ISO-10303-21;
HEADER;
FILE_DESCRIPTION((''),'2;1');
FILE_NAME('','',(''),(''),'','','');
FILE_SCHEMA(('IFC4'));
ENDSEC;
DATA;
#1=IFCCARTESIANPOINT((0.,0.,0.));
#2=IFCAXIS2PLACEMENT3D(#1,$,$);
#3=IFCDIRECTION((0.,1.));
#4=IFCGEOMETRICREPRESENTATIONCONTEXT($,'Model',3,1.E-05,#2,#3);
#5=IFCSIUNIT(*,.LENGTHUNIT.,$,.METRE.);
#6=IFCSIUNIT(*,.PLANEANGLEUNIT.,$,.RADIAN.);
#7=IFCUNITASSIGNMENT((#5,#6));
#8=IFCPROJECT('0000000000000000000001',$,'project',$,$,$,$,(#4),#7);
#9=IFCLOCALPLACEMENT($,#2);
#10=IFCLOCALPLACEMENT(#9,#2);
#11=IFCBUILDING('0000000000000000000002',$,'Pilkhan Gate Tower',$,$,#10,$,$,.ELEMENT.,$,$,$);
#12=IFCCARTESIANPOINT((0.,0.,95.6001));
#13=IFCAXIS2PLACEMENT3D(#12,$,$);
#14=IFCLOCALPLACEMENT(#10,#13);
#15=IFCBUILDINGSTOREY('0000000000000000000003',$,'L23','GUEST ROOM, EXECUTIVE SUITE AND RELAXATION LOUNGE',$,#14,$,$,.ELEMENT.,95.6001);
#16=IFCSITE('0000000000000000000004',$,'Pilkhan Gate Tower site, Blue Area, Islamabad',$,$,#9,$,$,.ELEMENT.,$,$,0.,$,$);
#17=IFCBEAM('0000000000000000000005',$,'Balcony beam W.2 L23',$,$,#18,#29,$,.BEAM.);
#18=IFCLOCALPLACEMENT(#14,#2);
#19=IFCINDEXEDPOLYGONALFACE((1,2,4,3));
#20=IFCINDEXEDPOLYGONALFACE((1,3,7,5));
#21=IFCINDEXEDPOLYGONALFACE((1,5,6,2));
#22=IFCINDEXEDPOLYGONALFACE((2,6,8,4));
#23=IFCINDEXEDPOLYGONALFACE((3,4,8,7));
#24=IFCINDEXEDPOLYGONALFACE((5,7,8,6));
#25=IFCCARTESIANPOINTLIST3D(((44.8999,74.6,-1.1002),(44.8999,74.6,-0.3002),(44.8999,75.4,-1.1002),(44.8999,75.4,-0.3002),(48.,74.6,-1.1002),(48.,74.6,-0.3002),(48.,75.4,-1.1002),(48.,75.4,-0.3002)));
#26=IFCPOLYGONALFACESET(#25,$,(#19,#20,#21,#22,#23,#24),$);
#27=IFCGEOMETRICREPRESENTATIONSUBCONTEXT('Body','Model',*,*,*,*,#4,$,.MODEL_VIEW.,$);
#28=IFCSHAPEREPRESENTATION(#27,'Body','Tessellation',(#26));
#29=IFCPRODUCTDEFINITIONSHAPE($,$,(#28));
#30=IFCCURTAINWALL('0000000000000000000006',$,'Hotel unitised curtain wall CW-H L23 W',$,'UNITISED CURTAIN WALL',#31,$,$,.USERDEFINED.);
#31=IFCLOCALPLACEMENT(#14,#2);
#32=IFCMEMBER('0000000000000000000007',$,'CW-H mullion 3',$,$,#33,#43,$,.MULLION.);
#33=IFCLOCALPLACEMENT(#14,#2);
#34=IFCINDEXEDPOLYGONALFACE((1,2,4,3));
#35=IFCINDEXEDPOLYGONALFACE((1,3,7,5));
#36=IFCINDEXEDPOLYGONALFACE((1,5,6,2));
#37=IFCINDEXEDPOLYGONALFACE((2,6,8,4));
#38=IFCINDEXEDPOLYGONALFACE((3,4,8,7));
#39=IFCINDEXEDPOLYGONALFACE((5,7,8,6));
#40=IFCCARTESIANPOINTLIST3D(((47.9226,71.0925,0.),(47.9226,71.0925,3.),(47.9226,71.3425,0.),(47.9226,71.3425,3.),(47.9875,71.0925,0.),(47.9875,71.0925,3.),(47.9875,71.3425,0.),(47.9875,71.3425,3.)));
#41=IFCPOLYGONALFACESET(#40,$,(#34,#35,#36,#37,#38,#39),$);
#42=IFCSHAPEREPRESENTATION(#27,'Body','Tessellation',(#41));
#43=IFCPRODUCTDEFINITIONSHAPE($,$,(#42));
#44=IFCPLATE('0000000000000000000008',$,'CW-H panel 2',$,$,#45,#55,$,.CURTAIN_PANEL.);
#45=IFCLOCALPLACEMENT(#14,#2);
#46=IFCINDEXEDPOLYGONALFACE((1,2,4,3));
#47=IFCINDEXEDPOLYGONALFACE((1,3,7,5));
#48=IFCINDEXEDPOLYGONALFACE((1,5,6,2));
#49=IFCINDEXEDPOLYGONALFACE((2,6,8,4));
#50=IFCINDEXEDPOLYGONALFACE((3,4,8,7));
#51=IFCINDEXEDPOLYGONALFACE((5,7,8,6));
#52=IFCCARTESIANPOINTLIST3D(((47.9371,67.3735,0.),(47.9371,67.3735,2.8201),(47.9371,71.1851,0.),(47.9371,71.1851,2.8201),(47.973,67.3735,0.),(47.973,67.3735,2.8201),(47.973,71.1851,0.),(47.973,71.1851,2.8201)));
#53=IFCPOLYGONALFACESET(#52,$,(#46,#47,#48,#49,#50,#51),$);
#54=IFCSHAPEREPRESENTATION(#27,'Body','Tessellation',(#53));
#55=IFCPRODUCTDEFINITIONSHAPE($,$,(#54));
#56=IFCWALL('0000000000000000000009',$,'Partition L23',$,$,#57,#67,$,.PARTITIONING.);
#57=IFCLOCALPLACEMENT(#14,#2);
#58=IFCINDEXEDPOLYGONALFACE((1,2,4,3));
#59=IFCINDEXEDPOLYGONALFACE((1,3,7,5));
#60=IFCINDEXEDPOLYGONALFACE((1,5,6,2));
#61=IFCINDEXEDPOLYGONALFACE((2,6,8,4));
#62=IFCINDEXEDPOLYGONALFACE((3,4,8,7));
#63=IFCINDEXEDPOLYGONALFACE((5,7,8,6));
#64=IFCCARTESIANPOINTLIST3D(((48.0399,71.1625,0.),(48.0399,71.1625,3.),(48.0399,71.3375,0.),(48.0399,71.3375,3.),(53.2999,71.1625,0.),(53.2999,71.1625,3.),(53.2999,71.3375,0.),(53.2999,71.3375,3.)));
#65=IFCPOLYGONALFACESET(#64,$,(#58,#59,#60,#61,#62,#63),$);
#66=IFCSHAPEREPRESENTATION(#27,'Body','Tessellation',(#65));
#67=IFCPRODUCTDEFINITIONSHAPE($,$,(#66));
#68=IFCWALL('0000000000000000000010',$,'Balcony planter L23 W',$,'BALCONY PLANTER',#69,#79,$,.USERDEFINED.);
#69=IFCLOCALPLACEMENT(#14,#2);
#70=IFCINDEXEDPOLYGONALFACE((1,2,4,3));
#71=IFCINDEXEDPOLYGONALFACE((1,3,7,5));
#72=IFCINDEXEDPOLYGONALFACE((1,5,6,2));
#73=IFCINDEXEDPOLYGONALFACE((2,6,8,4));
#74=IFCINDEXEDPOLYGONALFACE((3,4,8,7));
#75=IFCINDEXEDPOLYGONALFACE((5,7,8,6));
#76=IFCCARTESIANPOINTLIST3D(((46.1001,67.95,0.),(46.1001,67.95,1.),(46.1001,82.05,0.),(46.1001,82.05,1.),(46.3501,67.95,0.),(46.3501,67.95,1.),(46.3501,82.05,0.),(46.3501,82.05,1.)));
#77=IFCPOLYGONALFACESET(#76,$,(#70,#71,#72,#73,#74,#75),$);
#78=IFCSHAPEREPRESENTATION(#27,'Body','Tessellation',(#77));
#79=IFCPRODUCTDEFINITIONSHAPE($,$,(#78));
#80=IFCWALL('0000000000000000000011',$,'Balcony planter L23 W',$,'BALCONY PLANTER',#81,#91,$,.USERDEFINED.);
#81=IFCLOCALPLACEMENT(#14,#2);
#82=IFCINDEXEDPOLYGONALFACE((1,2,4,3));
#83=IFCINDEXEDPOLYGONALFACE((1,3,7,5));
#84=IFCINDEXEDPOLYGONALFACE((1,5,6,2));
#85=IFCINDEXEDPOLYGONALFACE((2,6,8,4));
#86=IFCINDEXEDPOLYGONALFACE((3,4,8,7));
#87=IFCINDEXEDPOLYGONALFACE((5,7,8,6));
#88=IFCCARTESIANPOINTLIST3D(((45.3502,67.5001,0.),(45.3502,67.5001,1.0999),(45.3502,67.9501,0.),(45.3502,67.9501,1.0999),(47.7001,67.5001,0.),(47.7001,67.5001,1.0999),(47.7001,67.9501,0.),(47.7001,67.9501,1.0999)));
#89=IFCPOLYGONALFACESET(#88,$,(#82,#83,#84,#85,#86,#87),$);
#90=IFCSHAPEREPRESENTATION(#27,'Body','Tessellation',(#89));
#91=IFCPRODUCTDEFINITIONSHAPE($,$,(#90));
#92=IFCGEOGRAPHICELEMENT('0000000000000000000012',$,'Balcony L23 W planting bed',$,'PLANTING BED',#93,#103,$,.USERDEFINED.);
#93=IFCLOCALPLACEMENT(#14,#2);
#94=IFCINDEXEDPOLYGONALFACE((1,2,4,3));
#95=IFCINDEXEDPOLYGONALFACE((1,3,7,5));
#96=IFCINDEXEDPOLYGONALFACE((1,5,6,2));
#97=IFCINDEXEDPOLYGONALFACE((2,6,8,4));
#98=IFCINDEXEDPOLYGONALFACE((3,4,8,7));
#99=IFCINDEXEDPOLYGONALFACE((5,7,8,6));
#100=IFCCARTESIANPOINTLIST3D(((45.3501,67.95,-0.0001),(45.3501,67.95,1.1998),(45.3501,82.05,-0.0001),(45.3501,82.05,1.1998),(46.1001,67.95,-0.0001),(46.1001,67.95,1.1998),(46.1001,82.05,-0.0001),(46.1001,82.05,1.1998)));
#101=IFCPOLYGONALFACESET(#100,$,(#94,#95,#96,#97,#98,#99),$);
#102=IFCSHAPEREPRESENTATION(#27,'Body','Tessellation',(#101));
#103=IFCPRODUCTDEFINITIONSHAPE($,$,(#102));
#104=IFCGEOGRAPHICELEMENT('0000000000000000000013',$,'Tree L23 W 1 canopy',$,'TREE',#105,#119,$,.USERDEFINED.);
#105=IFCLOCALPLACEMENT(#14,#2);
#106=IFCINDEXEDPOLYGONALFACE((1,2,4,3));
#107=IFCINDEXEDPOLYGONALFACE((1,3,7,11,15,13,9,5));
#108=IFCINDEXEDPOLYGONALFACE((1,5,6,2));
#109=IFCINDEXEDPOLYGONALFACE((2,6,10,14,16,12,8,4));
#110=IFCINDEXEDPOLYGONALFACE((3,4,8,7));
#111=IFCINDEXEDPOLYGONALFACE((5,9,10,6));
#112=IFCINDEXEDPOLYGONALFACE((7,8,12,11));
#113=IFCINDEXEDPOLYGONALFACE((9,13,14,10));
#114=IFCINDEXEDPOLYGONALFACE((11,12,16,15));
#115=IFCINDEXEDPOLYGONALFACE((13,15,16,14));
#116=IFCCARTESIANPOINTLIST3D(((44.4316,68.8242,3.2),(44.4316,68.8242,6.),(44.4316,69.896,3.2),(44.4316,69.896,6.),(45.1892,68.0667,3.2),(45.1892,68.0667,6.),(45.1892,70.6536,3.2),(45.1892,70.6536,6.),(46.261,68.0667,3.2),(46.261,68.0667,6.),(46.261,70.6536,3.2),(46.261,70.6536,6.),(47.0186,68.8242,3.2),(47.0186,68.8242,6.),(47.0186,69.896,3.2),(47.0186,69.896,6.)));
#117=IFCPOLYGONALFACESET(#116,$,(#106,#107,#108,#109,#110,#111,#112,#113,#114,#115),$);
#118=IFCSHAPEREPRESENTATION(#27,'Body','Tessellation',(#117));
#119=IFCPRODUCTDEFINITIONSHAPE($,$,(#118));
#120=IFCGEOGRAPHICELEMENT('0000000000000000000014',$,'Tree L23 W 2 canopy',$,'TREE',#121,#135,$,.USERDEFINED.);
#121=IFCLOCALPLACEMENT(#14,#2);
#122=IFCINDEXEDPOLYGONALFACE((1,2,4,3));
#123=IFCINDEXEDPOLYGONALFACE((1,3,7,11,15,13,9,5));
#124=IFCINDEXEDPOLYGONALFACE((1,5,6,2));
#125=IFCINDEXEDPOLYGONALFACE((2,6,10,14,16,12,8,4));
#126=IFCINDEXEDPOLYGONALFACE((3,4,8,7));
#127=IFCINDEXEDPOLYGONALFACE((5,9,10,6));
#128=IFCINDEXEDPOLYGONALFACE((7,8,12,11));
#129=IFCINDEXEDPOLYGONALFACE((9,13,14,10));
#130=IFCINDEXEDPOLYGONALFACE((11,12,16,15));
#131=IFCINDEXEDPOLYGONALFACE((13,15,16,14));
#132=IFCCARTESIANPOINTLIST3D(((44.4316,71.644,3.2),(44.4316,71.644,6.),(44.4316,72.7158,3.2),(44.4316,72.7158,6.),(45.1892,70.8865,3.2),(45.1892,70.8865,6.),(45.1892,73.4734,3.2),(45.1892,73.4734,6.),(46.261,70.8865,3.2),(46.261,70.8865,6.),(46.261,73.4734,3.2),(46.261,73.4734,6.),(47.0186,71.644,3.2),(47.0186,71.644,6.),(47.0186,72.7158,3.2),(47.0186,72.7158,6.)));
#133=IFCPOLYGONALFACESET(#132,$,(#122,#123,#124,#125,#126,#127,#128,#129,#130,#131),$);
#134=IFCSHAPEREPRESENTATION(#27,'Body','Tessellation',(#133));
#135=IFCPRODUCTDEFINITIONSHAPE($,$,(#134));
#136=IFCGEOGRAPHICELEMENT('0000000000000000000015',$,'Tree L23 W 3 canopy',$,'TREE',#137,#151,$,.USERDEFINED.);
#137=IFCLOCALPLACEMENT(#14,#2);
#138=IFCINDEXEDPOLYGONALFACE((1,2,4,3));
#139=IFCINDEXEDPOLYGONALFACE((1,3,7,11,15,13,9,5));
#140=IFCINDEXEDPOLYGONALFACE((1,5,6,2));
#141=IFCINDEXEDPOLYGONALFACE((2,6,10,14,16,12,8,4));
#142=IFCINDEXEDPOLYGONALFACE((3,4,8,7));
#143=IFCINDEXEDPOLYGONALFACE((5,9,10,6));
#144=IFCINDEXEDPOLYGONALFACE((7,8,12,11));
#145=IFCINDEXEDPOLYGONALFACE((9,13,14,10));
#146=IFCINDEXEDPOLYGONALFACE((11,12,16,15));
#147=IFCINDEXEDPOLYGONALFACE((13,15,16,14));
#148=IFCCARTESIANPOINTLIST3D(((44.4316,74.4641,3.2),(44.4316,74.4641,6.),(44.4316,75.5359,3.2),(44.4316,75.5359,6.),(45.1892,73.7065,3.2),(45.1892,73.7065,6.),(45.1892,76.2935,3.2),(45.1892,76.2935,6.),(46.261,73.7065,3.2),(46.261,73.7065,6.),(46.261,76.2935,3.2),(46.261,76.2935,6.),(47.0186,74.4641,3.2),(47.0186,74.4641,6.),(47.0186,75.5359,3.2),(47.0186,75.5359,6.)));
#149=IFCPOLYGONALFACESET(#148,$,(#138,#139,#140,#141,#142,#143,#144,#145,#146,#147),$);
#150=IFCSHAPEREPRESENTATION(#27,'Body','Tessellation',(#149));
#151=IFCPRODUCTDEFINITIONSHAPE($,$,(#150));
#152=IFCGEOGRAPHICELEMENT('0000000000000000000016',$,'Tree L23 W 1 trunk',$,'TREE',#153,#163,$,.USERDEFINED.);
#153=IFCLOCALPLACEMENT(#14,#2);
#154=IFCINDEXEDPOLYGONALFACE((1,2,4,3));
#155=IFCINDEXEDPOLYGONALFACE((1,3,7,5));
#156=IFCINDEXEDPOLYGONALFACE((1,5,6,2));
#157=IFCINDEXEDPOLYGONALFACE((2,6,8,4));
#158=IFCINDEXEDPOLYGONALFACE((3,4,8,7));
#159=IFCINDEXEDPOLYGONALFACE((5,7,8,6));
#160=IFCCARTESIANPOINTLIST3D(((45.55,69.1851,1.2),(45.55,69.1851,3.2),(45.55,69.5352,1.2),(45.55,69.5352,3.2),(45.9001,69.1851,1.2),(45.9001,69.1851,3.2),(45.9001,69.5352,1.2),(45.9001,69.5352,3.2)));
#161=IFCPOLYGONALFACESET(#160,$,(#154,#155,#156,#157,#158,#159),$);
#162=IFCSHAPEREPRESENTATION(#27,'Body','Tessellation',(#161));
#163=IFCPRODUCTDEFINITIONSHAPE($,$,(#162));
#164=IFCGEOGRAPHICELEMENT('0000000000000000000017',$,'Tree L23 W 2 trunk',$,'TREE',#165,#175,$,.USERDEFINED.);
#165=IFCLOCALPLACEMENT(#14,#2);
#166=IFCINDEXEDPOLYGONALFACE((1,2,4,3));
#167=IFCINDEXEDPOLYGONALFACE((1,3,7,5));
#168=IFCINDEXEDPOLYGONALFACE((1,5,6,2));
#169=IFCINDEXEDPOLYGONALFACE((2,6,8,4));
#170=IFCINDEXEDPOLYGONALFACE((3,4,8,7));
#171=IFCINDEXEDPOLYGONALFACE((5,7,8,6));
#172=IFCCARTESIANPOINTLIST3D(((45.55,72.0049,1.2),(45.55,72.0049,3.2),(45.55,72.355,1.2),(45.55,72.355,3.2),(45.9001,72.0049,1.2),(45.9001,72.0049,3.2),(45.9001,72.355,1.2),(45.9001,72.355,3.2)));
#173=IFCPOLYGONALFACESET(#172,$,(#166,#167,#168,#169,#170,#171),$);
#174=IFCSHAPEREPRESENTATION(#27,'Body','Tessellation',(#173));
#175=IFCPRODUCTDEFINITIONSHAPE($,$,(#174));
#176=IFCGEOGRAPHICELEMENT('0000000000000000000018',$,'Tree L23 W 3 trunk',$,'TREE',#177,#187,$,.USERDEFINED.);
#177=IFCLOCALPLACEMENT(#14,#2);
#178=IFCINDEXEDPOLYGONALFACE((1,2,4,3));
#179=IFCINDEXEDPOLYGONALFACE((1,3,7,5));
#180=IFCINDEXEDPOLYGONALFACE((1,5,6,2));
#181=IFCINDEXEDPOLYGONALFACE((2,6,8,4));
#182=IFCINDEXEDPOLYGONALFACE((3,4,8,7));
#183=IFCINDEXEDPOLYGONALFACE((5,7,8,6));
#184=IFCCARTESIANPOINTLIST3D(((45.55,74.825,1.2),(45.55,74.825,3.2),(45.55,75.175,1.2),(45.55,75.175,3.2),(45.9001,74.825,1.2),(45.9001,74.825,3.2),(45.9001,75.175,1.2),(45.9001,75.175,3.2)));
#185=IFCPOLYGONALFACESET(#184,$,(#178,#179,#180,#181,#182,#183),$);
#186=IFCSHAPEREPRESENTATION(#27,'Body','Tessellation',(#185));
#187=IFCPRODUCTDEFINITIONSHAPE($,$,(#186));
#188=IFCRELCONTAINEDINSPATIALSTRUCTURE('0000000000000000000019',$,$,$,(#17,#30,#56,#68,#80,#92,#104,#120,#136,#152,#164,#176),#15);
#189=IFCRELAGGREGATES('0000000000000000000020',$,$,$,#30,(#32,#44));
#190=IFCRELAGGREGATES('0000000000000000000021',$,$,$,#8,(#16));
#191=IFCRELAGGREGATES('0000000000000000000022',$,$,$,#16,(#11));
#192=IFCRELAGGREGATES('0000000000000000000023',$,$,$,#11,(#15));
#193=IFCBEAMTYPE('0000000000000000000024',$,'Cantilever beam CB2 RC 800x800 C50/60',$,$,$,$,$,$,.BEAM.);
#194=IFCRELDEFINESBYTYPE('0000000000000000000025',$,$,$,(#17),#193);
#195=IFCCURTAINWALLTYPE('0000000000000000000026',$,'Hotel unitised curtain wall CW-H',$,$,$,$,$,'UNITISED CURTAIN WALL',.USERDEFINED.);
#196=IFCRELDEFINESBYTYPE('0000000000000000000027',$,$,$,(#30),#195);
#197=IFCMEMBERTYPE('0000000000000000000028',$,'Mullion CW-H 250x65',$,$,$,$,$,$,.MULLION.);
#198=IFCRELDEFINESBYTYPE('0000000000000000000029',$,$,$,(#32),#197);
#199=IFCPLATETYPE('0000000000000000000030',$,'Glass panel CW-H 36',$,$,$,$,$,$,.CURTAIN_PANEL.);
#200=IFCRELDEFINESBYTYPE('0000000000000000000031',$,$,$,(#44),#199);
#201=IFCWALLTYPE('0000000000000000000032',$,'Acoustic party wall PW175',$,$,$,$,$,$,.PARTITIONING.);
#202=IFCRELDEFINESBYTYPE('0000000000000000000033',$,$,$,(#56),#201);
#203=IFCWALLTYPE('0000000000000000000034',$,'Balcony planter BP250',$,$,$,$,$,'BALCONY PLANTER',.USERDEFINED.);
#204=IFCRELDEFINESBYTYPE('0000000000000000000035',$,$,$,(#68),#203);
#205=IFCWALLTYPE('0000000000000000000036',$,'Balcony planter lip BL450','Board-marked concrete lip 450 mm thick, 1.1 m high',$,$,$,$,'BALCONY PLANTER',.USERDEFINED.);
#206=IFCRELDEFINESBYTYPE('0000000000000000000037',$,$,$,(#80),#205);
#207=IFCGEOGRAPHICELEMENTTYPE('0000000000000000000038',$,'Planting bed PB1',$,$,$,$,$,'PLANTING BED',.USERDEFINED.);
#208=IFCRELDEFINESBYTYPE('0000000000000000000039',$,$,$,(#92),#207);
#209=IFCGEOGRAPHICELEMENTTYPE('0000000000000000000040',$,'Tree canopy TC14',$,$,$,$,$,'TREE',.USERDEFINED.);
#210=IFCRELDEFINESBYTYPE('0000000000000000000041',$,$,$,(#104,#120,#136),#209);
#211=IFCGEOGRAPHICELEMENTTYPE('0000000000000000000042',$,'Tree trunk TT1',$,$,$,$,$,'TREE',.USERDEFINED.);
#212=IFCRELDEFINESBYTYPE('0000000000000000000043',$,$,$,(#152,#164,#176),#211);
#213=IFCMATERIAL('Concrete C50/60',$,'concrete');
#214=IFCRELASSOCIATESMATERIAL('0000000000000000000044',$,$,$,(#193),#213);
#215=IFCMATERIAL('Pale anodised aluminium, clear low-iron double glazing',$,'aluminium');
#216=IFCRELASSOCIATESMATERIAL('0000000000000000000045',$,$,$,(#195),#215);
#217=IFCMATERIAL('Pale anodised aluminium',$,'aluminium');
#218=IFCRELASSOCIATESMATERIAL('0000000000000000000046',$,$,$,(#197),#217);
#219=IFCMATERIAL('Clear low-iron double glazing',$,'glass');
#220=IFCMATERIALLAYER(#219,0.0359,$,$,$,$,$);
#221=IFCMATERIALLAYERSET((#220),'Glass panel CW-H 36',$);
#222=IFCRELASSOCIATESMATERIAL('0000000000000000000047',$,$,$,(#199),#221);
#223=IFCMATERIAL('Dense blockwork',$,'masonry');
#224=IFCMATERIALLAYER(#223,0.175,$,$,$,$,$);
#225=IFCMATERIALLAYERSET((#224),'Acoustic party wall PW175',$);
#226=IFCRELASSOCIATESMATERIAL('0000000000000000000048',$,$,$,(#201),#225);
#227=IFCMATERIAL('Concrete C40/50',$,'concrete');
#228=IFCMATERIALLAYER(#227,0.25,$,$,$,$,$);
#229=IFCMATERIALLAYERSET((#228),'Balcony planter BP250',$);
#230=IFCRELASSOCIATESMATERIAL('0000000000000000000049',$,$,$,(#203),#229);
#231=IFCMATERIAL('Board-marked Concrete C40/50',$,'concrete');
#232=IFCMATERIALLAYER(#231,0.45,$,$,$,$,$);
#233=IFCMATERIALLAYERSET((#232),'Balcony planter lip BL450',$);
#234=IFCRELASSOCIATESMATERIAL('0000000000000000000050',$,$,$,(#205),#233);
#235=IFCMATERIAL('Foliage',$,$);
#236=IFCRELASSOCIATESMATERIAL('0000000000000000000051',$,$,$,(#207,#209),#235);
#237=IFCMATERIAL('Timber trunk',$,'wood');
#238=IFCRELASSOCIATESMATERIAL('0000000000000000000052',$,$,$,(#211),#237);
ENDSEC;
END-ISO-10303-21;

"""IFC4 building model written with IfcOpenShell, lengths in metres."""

from ifc_helpers import new_model, si_unit, direction, frame, frame_2d, origin, origin_2d, place, context, subcontext, project, spatial, polyline, rectangle, outline, extrude, material, layer, layer_set, material_profile, profile_set, type_object, element, aggregate, save


model = new_model("IFC4")

# Units and contexts
model_context = context("Model", 3, precision=1e-05, world=origin(), true_north=direction((0.0, 1.0)))
body_context = subcontext(model_context, "Body", "Model", "MODEL_VIEW")
ifc_project = project(units=[si_unit("LENGTHUNIT", "METRE"), si_unit("PLANEANGLEUNIT", "RADIAN")], contexts=[model_context])

# Site, building, storey
site_placement = place(None, origin())
site = spatial("IfcSite", under=ifc_project, at=site_placement, Name="Pilkhan Gate Tower site, Blue Area, Islamabad", CompositionType="ELEMENT", RefElevation=0.0)
building_placement = place(site_placement, origin())
building = spatial("IfcBuilding", under=site, at=building_placement, Name="Pilkhan Gate Tower", CompositionType="ELEMENT")
storey_placement = place(building_placement, frame((0.0, 0.0, 95.6001)))
storey = spatial("IfcBuildingStorey", under=building, at=storey_placement, Name="L23", Description="GUEST ROOM, EXECUTIVE SUITE AND RELAXATION LOUNGE", CompositionType="ELEMENT", Elevation=95.6001)

# Beam
ifc_material_1 = material(Name="Concrete C50/60", Category="concrete")
ifc_material_profile_1 = material_profile(ifc_material_1, rectangle(XDim=0.8, YDim=0.8, at=origin_2d()), Name="RC 800x800")
ifc_profile_set_1 = profile_set([ifc_material_profile_1], Name="Concrete C50/60")
beam_type = type_object("IfcBeamType", Name="Cantilever beam CB2 RC 800x800 C50/60", PredefinedType="BEAM", material=ifc_profile_set_1)
beam_placement = place(storey_placement, frame((48.0, 75.0, -0.7002), z_axis=(-1.0, 0.0, 0.0), x_axis=(0.0, -1.0, 0.0)))
element("IfcBeam", 1, at=beam_placement, inside=storey, type_object=beam_type, Name="Balcony beam W.2 L23", PredefinedType="BEAM", context=body_context, shape_type="SweptSolid", body=[
    extrude(rectangle(XDim=0.8, YDim=0.8, at=origin_2d()), origin(), (0.0, 0.0, 1.0), 3.1001),
])

# Curtain wall, member, plate
ifc_material_2 = material(Name="Pale anodised aluminium, clear low-iron double glazing", Category="aluminium")
curtain_wall_type = type_object("IfcCurtainWallType", Name="Hotel unitised curtain wall CW-H", ElementType="UNITISED CURTAIN WALL", PredefinedType="USERDEFINED", material=ifc_material_2)
curtain_wall_placement = place(storey_placement, origin())
curtain_wall = element("IfcCurtainWall", 2, at=curtain_wall_placement, inside=storey, type_object=curtain_wall_type, Name="Hotel unitised curtain wall CW-H L23 W", ObjectType="UNITISED CURTAIN WALL", PredefinedType="USERDEFINED")
ifc_material_3 = material(Name="Pale anodised aluminium", Category="aluminium")
ifc_material_profile_2 = material_profile(ifc_material_3, rectangle(XDim=0.0649, YDim=0.25, at=origin_2d()), Name="Mullion 250x65")
ifc_profile_set_2 = profile_set([ifc_material_profile_2], Name="Pale anodised aluminium")
member_type = type_object("IfcMemberType", Name="Mullion CW-H 250x65", PredefinedType="MULLION", material=ifc_profile_set_2)
member_placement = place(storey_placement, frame((47.9551, 71.2175, 0.0), z_axis=(0.0, 0.0, 1.0), x_axis=(-1.0, 0.0, 0.0)))
member = element("IfcMember", 3, at=member_placement, type_object=member_type, Name="CW-H mullion 3", PredefinedType="MULLION", context=body_context, shape_type="SweptSolid", body=[
    extrude(rectangle(XDim=0.0649, YDim=0.25, at=origin_2d()), origin(), (0.0, 0.0, 1.0), 3.0),
])
ifc_material_4 = material(Name="Clear low-iron double glazing", Category="glass")
ifc_layer_1 = layer(ifc_material_4, 0.0359)
ifc_layer_set_1 = layer_set([ifc_layer_1], Name="Glass panel CW-H 36")
plate_type = type_object("IfcPlateType", Name="Glass panel CW-H 36", PredefinedType="CURTAIN_PANEL", material=ifc_layer_set_1)
plate_placement = place(storey_placement, frame((47.9551, 69.2793, 0.0), z_axis=(0.0, 0.0, 1.0), x_axis=(0.0, 1.0, 0.0)))
plate = element("IfcPlate", 4, at=plate_placement, type_object=plate_type, Name="CW-H panel 2", PredefinedType="CURTAIN_PANEL", context=body_context, shape_type="SweptSolid", body=[
    extrude(rectangle(XDim=3.8115, YDim=0.0359, at=origin_2d()), origin(), (0.0, 0.0, 1.0), 2.8201),
])
aggregate(curtain_wall, [member, plate])

# Walls
ifc_material_5 = material(Name="Dense blockwork", Category="masonry")
ifc_layer_2 = layer(ifc_material_5, 0.175)
ifc_layer_set_2 = layer_set([ifc_layer_2], Name="Acoustic party wall PW175")
wall_type_1 = type_object("IfcWallType", Name="Acoustic party wall PW175", PredefinedType="PARTITIONING", material=ifc_layer_set_2)
wall_1_placement = place(storey_placement, frame((48.04, 71.25, 0.0), z_axis=(0.0, 0.0, 1.0), x_axis=(1.0, 0.0, 0.0)))
element("IfcWall", 5, at=wall_1_placement, inside=storey, type_object=wall_type_1, Name="Partition L23", PredefinedType="PARTITIONING", context=body_context, shape_type="SweptSolid", body=[
    extrude(rectangle(XDim=5.26, YDim=0.175, at=frame_2d((2.6299, 0.0))), origin(), (0.0, 0.0, 1.0), 3.0),
])
ifc_material_6 = material(Name="Concrete C40/50", Category="concrete")
ifc_layer_3 = layer(ifc_material_6, 0.25)
ifc_layer_set_3 = layer_set([ifc_layer_3], Name="Balcony planter BP250")
wall_type_2 = type_object("IfcWallType", Name="Balcony planter BP250", ElementType="BALCONY PLANTER", PredefinedType="USERDEFINED", material=ifc_layer_set_3)
wall_2_placement = place(storey_placement, frame((46.2251, 67.95, 0.0), z_axis=(0.0, 0.0, 1.0), x_axis=(0.0, 1.0, 0.0)))
element("IfcWall", 6, at=wall_2_placement, inside=storey, type_object=wall_type_2, Name="Balcony planter L23 W", ObjectType="BALCONY PLANTER", PredefinedType="USERDEFINED", context=body_context, shape_type="SweptSolid", body=[
    extrude(rectangle(XDim=14.1001, YDim=0.25, at=frame_2d((7.05, 0.0))), origin(), (0.0, 0.0, 1.0), 1.0),
])
ifc_material_7 = material(Name="Board-marked Concrete C40/50", Category="concrete")
ifc_layer_4 = layer(ifc_material_7, 0.45)
ifc_layer_set_4 = layer_set([ifc_layer_4], Name="Balcony planter lip BL450")
wall_type_3 = type_object("IfcWallType", Name="Balcony planter lip BL450", Description="Board-marked concrete lip 450 mm thick, 1.1 m high", ElementType="BALCONY PLANTER", PredefinedType="USERDEFINED", material=ifc_layer_set_4)
wall_3_placement = place(storey_placement, frame((47.7, 67.7251, 0.0), z_axis=(0.0, 0.0, 1.0), x_axis=(-1.0, 0.0, 0.0)))
element("IfcWall", 7, at=wall_3_placement, inside=storey, type_object=wall_type_3, Name="Balcony planter L23 W", ObjectType="BALCONY PLANTER", PredefinedType="USERDEFINED", context=body_context, shape_type="SweptSolid", body=[
    extrude(rectangle(XDim=2.3499, YDim=0.45, at=frame_2d((1.1748, 0.0))), origin(), (0.0, 0.0, 1.0), 1.0999),
])

# Geographic elements
ifc_material_8 = material(Name="Foliage")
ifc_material_profile_3 = material_profile(ifc_material_8, rectangle(XDim=0.75, YDim=1.2, at=origin_2d()), Name="Bed 750x1200")
ifc_profile_set_3 = profile_set([ifc_material_profile_3], Name="Foliage")
geographic_element_type_1 = type_object("IfcGeographicElementType", Name="Planting bed PB1", ElementType="PLANTING BED", PredefinedType="USERDEFINED", material=ifc_profile_set_3)
geographic_element_placement = place(storey_placement, frame((45.7251, 67.95, 0.5999), z_axis=(0.0, 1.0, 0.0), x_axis=(-1.0, 0.0, 0.0)))
element("IfcGeographicElement", 8, at=geographic_element_placement, inside=storey, type_object=geographic_element_type_1, Name="Balcony L23 W planting bed", ObjectType="PLANTING BED", PredefinedType="USERDEFINED", context=body_context, shape_type="SweptSolid", body=[
    extrude(rectangle(XDim=0.75, YDim=1.2, at=origin_2d()), origin(), (0.0, 0.0, 1.0), 14.1001),
])
ifc_material_profile_4 = material_profile(ifc_material_8, outline(polyline([(1.2935, 0.5359), (0.5359, 1.2935), (-0.5359, 1.2935), (-1.2935, 0.5359), (-1.2935, -0.5359), (-0.5359, -1.2935), (0.5359, -1.2935), (1.2935, -0.5359), (1.2935, 0.5359)])), Name="Canopy D2.8")
ifc_profile_set_4 = profile_set([ifc_material_profile_4], Name="Foliage")
geographic_element_type_2 = type_object("IfcGeographicElementType", Name="Tree canopy TC14", ElementType="TREE", PredefinedType="USERDEFINED", material=ifc_profile_set_4)
for number, where, z_axis, x_axis, name in (
    (9, (45.7251, 69.3601, 3.2), (0.0, 0.0, 1.0), (1.0, 0.0, 0.0), "Tree L23 W 1 canopy"),
    (10, (45.7251, 72.1799, 3.2), (0.0, 0.0, 1.0), (1.0, 0.0, 0.0), "Tree L23 W 2 canopy"),
    (11, (45.7251, 75.0, 3.2), (0.0, 0.0, 1.0), (1.0, 0.0, 0.0), "Tree L23 W 3 canopy"),
):
    element("IfcGeographicElement", number, at=place(storey_placement, frame(where, z_axis=z_axis, x_axis=x_axis)), inside=storey, type_object=geographic_element_type_2, Name=name, ObjectType="TREE", PredefinedType="USERDEFINED", context=body_context, shape_type="SweptSolid", body=[
        extrude(outline(polyline([(1.2935, 0.5359), (0.5359, 1.2935), (-0.5359, 1.2935), (-1.2935, 0.5359), (-1.2935, -0.5359), (-0.5359, -1.2935), (0.5359, -1.2935), (1.2935, -0.5359), (1.2935, 0.5359)])), origin(), (0.0, 0.0, 1.0), 2.8),
    ])
ifc_material_9 = material(Name="Timber trunk", Category="wood")
geographic_element_type_3 = type_object("IfcGeographicElementType", Name="Tree trunk TT1", ElementType="TREE", PredefinedType="USERDEFINED", material=ifc_material_9)
for number, where, z_axis, x_axis, name in (
    (12, (45.7251, 69.3601, 1.2), (0.0, 0.0, 1.0), (1.0, 0.0, 0.0), "Tree L23 W 1 trunk"),
    (13, (45.7251, 72.1799, 1.2), (0.0, 0.0, 1.0), (1.0, 0.0, 0.0), "Tree L23 W 2 trunk"),
    (14, (45.7251, 75.0, 1.2), (0.0, 0.0, 1.0), (1.0, 0.0, 0.0), "Tree L23 W 3 trunk"),
):
    element("IfcGeographicElement", number, at=place(storey_placement, frame(where, z_axis=z_axis, x_axis=x_axis)), inside=storey, type_object=geographic_element_type_3, Name=name, ObjectType="TREE", PredefinedType="USERDEFINED", context=body_context, shape_type="SweptSolid", body=[
        extrude(rectangle(XDim=0.3501, YDim=0.3501, at=origin_2d()), origin(), (0.0, 0.0, 1.0), 2.0),
    ])

save(model, "model.ifc")
